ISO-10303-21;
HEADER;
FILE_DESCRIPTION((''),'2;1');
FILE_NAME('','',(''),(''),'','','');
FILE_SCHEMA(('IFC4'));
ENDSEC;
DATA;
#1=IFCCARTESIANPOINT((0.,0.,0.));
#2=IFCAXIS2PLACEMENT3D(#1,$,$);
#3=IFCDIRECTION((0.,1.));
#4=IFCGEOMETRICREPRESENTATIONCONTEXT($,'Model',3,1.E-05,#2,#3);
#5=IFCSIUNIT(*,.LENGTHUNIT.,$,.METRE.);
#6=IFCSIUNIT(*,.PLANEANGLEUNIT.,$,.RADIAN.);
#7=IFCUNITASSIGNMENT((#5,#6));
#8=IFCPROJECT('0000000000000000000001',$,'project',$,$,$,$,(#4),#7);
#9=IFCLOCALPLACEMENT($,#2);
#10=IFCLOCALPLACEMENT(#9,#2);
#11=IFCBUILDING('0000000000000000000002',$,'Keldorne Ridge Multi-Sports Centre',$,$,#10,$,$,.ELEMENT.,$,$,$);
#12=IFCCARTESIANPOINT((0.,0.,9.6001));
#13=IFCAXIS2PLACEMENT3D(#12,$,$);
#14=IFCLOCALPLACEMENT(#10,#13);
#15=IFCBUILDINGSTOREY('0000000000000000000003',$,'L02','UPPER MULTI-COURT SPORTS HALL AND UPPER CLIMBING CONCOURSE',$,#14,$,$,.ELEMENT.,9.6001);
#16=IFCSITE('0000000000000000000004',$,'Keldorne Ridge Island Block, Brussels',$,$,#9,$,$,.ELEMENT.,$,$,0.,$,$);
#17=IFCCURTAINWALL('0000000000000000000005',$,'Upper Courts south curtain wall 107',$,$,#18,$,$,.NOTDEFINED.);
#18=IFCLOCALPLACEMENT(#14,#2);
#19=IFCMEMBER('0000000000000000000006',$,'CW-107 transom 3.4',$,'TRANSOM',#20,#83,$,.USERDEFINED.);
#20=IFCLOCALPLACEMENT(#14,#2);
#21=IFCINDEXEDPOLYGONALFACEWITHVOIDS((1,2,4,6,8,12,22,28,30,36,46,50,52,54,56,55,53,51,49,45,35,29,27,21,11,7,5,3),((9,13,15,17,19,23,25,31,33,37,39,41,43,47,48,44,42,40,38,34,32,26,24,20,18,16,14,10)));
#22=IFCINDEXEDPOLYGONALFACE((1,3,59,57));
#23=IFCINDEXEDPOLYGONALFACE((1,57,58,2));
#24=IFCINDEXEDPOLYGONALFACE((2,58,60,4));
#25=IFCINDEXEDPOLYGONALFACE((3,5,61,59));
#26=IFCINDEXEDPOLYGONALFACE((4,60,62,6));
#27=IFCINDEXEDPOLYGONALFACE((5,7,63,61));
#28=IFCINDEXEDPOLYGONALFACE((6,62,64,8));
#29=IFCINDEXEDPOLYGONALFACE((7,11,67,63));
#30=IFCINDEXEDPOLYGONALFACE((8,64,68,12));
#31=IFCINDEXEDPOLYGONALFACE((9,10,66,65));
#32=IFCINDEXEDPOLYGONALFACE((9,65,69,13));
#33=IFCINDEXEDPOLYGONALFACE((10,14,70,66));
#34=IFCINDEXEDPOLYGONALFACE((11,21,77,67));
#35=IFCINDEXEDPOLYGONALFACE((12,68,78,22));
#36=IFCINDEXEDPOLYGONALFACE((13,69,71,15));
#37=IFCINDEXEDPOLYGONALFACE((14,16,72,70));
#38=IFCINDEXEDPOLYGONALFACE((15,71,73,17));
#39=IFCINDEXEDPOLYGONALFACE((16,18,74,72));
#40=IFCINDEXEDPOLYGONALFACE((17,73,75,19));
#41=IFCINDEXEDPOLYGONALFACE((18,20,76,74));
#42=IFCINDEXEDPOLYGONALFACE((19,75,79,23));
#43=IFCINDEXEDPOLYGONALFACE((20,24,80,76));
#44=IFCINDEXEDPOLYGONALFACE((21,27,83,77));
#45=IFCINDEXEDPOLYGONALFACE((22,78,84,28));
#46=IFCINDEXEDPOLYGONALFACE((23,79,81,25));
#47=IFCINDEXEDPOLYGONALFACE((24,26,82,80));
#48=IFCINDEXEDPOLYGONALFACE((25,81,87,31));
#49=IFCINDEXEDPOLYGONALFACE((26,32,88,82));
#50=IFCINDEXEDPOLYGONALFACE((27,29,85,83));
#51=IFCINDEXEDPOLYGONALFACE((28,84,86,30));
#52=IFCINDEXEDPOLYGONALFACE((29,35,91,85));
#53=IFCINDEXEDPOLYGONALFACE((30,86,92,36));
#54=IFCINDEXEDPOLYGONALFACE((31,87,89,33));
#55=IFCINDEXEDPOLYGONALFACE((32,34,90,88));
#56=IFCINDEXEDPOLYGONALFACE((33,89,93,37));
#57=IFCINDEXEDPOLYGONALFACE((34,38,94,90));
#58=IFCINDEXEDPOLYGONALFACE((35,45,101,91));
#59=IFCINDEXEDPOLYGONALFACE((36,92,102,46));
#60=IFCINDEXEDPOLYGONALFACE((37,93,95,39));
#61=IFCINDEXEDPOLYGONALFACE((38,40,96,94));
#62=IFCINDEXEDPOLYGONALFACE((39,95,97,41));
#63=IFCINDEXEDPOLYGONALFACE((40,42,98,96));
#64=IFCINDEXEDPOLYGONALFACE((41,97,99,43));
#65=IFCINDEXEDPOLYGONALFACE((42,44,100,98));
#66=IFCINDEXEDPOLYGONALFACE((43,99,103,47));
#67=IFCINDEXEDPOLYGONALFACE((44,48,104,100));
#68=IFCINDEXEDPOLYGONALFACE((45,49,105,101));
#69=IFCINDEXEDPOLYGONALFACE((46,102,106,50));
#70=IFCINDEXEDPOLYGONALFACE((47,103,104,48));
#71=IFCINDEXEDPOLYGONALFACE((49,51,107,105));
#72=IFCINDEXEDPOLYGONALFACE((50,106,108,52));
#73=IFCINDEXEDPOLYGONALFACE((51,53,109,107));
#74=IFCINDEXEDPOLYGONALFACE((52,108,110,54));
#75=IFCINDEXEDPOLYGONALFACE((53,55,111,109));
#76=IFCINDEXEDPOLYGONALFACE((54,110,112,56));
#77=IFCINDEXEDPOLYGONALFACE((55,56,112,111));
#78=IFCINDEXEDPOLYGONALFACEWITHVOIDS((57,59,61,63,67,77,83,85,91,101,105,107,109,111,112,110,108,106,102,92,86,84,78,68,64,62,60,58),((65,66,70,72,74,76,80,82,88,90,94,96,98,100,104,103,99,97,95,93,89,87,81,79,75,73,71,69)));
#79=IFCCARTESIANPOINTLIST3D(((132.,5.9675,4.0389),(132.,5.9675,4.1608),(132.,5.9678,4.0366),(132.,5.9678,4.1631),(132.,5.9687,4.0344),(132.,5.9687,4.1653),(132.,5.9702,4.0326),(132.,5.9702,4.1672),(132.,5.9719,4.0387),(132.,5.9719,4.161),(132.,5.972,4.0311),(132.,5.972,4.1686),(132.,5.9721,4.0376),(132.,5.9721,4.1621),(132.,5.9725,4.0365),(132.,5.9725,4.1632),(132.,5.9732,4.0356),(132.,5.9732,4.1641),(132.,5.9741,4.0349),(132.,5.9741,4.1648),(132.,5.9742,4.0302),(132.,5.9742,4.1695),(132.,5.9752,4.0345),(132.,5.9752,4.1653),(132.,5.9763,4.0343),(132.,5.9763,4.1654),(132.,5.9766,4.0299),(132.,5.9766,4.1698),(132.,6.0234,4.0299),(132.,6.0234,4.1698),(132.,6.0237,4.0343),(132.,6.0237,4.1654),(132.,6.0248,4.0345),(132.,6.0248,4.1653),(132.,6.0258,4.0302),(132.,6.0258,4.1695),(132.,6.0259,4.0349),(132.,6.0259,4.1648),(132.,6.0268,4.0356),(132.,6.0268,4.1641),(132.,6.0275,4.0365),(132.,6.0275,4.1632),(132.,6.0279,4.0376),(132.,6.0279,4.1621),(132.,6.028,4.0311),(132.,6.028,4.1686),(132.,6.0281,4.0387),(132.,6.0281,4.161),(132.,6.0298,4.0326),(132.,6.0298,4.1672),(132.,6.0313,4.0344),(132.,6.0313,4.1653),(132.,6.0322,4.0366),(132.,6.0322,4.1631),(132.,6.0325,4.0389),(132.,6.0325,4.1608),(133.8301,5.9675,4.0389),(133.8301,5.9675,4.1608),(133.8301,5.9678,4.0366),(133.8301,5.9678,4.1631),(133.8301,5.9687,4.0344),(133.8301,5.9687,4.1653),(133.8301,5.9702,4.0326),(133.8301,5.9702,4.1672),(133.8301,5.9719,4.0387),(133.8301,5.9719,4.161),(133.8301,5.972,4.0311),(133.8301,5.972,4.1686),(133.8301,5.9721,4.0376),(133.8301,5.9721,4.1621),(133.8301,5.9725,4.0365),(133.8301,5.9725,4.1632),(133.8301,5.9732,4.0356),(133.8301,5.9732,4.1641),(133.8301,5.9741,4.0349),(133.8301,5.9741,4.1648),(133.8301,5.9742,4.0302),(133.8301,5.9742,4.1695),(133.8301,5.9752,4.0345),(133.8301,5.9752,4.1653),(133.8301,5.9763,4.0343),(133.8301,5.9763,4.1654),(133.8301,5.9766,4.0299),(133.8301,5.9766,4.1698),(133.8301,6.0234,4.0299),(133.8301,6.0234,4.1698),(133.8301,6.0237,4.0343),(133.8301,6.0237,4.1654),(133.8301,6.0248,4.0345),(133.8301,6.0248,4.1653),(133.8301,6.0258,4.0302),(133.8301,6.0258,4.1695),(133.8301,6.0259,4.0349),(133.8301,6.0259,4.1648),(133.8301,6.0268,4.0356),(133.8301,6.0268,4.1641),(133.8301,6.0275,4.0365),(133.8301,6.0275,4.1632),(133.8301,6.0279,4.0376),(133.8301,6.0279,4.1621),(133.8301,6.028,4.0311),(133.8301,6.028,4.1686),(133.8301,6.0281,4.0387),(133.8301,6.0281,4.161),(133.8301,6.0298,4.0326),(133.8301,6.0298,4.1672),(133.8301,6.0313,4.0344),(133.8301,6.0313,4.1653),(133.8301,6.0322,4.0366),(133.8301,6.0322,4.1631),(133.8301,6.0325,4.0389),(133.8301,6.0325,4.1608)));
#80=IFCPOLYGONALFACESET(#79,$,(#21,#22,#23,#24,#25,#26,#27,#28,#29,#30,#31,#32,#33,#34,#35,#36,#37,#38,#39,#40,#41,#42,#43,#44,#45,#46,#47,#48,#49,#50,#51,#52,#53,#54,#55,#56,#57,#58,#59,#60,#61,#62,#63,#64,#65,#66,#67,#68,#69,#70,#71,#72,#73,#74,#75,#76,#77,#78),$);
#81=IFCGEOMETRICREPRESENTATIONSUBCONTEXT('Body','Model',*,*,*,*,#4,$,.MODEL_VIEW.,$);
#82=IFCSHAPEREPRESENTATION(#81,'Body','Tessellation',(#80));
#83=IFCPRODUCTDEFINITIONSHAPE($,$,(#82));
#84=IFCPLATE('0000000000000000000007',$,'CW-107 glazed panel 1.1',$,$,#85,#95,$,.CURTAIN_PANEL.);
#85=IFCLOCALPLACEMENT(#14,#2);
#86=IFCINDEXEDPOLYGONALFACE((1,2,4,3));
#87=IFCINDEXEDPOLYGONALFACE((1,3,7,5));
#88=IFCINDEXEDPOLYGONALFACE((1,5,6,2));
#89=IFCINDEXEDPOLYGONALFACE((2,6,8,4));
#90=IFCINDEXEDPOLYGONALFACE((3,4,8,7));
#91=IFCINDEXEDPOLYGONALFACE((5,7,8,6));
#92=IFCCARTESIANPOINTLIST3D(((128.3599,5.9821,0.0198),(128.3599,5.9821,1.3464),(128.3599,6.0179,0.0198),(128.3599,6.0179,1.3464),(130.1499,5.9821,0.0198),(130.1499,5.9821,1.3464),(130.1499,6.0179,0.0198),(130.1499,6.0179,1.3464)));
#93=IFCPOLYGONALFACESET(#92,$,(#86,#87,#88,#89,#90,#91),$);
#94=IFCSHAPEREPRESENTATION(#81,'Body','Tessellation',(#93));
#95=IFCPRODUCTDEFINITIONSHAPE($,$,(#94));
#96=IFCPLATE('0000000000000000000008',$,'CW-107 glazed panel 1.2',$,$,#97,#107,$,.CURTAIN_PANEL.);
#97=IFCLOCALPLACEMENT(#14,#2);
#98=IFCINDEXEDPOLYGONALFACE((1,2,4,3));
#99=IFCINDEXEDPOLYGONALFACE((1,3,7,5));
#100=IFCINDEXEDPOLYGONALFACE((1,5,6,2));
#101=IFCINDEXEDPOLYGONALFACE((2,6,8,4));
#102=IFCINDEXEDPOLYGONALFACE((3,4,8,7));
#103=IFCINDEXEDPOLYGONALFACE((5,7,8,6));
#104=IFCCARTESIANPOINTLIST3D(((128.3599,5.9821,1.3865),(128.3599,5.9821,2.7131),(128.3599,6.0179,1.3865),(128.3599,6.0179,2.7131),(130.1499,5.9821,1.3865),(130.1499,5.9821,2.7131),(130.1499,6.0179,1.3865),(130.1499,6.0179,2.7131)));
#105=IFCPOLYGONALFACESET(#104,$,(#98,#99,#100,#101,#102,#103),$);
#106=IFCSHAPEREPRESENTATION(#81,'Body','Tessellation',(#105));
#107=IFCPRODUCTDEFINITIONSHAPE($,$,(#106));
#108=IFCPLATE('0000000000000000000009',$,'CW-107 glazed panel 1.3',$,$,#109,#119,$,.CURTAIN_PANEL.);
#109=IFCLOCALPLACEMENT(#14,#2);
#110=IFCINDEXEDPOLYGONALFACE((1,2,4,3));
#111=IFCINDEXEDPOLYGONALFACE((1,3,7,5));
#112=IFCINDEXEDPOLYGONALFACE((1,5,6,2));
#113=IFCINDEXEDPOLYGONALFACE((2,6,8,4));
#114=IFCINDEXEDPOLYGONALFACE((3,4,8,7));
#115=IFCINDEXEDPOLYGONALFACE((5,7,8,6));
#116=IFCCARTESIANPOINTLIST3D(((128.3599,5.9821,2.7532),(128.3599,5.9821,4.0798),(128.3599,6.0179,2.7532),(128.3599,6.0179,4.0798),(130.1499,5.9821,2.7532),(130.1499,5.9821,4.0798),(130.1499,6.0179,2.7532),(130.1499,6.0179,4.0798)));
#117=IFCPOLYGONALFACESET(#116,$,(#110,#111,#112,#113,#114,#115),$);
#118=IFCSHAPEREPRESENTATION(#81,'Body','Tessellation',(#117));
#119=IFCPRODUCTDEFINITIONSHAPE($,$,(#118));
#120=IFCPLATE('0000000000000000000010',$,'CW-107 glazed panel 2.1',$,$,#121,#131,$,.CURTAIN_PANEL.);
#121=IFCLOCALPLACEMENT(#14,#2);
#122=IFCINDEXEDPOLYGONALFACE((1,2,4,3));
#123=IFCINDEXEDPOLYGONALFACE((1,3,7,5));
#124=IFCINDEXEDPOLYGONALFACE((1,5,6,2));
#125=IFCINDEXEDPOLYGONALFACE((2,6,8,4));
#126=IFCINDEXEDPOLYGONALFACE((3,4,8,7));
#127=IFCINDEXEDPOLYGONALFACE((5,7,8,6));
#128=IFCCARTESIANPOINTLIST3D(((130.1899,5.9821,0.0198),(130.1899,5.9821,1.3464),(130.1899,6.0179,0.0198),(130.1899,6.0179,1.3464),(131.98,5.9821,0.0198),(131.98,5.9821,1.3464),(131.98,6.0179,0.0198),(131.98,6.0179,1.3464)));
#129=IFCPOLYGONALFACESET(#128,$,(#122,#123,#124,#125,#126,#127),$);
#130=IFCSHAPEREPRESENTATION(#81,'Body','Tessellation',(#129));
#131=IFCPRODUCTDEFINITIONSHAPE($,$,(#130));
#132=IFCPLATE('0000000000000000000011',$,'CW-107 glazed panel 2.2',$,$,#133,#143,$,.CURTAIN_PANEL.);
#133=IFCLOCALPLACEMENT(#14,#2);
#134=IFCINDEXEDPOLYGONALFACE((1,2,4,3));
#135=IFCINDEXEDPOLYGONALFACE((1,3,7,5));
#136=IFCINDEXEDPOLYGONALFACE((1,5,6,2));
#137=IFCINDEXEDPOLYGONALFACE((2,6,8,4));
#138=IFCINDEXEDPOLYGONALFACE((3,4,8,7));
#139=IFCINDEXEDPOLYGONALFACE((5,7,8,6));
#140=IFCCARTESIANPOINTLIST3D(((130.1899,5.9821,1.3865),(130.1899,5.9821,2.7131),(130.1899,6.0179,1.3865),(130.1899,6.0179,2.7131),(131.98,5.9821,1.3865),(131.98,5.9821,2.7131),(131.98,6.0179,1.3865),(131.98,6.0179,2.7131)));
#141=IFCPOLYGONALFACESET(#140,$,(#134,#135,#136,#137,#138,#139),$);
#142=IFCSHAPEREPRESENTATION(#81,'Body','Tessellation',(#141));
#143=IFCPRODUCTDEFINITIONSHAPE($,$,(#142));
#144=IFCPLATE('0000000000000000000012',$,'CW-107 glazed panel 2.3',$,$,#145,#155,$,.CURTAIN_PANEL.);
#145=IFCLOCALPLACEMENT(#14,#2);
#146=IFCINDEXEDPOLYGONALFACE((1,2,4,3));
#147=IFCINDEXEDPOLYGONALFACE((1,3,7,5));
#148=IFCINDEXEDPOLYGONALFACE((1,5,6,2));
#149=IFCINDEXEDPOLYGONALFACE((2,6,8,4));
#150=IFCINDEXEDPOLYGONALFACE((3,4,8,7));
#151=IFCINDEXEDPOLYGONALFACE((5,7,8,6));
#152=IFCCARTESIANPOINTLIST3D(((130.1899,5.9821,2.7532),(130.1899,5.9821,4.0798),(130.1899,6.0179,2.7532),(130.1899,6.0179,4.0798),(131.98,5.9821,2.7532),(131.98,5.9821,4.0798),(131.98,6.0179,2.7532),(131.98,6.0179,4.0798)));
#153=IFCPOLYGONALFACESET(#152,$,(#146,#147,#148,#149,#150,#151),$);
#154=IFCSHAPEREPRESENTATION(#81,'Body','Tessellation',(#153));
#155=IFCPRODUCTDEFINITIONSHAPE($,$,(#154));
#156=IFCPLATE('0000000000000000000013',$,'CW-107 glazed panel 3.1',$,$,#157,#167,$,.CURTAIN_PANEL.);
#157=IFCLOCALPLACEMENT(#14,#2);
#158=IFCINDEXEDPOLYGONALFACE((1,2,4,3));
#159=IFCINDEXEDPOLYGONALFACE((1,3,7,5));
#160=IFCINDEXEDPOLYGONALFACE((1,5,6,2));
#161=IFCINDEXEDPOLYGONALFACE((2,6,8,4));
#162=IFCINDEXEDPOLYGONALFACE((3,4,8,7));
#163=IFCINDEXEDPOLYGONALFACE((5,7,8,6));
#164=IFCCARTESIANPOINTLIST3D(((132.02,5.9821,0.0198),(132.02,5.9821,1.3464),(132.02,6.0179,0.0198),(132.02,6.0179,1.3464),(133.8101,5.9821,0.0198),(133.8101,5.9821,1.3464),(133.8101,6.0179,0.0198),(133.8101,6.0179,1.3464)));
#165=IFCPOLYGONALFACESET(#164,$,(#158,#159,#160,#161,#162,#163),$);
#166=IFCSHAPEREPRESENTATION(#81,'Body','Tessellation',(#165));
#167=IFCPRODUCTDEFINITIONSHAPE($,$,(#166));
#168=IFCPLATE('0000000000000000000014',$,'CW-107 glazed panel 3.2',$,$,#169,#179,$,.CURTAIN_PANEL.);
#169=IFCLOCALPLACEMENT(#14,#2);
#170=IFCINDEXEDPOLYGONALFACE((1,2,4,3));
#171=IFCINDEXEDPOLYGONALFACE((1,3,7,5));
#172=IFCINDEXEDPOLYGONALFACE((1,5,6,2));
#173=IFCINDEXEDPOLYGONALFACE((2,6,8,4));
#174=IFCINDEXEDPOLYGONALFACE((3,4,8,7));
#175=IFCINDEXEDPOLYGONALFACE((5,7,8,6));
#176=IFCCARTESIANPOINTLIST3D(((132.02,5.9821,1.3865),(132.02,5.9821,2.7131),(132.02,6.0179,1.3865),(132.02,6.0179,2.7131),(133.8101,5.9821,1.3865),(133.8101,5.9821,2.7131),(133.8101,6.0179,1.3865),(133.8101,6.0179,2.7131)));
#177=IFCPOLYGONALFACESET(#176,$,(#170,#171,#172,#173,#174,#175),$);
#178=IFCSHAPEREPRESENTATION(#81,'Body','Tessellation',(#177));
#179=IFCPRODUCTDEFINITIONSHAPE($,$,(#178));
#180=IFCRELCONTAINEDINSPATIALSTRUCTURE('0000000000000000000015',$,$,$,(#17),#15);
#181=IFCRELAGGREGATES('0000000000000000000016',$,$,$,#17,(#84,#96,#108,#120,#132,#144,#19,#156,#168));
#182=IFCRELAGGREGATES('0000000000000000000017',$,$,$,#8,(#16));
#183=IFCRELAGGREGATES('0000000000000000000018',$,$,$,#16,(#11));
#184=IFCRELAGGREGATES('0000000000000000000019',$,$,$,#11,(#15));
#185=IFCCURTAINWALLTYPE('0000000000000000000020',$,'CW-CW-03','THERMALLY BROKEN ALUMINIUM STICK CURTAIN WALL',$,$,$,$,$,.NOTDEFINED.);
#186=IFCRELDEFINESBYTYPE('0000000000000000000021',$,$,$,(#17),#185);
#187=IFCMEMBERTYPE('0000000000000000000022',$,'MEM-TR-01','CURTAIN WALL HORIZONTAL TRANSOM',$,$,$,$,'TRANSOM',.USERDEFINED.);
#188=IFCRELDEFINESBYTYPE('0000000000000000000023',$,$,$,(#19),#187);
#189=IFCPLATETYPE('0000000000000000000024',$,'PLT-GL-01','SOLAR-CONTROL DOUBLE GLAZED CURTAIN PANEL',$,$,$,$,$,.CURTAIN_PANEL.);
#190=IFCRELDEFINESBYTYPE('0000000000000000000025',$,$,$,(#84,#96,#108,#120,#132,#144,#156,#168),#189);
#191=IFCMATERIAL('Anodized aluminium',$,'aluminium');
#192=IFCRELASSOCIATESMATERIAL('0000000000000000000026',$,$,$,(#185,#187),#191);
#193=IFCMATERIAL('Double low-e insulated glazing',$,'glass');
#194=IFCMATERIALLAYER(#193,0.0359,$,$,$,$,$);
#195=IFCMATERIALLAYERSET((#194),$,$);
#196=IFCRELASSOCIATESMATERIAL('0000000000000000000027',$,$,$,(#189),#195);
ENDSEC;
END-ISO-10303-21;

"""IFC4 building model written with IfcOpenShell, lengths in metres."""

from ifc_helpers import new_model, si_unit, direction, frame, origin, origin_2d, place, context, subcontext, project, spatial, rectangle, hollow_rectangle, extrude, material, layer, layer_set, material_profile, profile_set, type_object, element, aggregate, save


model = new_model("IFC4")

# Units and contexts
model_context = context("Model", 3, precision=1e-05, world=origin(), true_north=direction((0.0, 1.0)))
body_context = subcontext(model_context, "Body", "Model", "MODEL_VIEW")
ifc_project = project(units=[si_unit("LENGTHUNIT", "METRE"), si_unit("PLANEANGLEUNIT", "RADIAN")], contexts=[model_context])

# Site, building, storey
site_placement = place(None, origin())
site = spatial("IfcSite", under=ifc_project, at=site_placement, Name="Keldorne Ridge Island Block, Brussels", CompositionType="ELEMENT", RefElevation=0.0)
building_placement = place(site_placement, origin())
building = spatial("IfcBuilding", under=site, at=building_placement, Name="Keldorne Ridge Multi-Sports Centre", CompositionType="ELEMENT")
storey_placement = place(building_placement, frame((0.0, 0.0, 9.6001)))
storey = spatial("IfcBuildingStorey", under=building, at=storey_placement, Name="L02", Description="UPPER MULTI-COURT SPORTS HALL AND UPPER CLIMBING CONCOURSE", CompositionType="ELEMENT", Elevation=9.6001)

# Curtain wall, member, plates
ifc_material_1 = material(Name="Anodized aluminium", Category="aluminium")
curtain_wall_type = type_object("IfcCurtainWallType", Name="CW-CW-03", Description="THERMALLY BROKEN ALUMINIUM STICK CURTAIN WALL", PredefinedType="NOTDEFINED", material=ifc_material_1)
curtain_wall_placement = place(storey_placement, origin())
curtain_wall = element("IfcCurtainWall", 1, at=curtain_wall_placement, inside=storey, type_object=curtain_wall_type, Name="Upper Courts south curtain wall 107", PredefinedType="NOTDEFINED")
ifc_material_profile_1 = material_profile(ifc_material_1, hollow_rectangle(XDim=0.0649, YDim=0.1399, WallThickness=0.0044, InnerFilletRadius=0.0044, OuterFilletRadius=0.009, at=origin_2d()), Name="ALU TRANSOM 140x65x4.5")
ifc_profile_set_1 = profile_set([ifc_material_profile_1], Name="Anodized aluminium")
member_type_1 = type_object("IfcMemberType", Name="MEM-TR-01", Description="CURTAIN WALL HORIZONTAL TRANSOM", ElementType="TRANSOM", PredefinedType="USERDEFINED", material=ifc_profile_set_1)
member_1_placement = place(storey_placement, frame((132.0, 6.0, 4.0999), z_axis=(1.0, 0.0, 0.0), x_axis=(0.0, 1.0, 0.0)))
member_1 = element("IfcMember", 2, at=member_1_placement, type_object=member_type_1, Name="CW-107 transom 3.4", ObjectType="TRANSOM", PredefinedType="USERDEFINED", context=body_context, shape_type="SweptSolid", body=[
    extrude(hollow_rectangle(XDim=0.0649, YDim=0.1399, WallThickness=0.0044, InnerFilletRadius=0.0044, OuterFilletRadius=0.009, at=origin_2d()), origin(), (0.0, 0.0, 1.0), 1.8301),
])
ifc_material_2 = material(Name="Double low-e insulated glazing", Category="glass")
ifc_layer = layer(ifc_material_2, 0.0359)
ifc_layer_set = layer_set([ifc_layer])
plate_type = type_object("IfcPlateType", Name="PLT-GL-01", Description="SOLAR-CONTROL DOUBLE GLAZED CURTAIN PANEL", PredefinedType="CURTAIN_PANEL", material=ifc_layer_set)
plate_1_placement = place(storey_placement, frame((129.2549, 6.0, 0.0198), z_axis=(0.0, 0.0, 1.0), x_axis=(1.0, 0.0, 0.0)))
plate_1 = element("IfcPlate", 3, at=plate_1_placement, type_object=plate_type, Name="CW-107 glazed panel 1.1", PredefinedType="CURTAIN_PANEL", context=body_context, shape_type="SweptSolid", body=[
    extrude(rectangle(XDim=1.79, YDim=0.0359, at=origin_2d()), origin(), (0.0, 0.0, 1.0), 1.3267),
])
plate_2_placement = place(storey_placement, frame((129.2549, 6.0, 1.3865), z_axis=(0.0, 0.0, 1.0), x_axis=(1.0, 0.0, 0.0)))
plate_2 = element("IfcPlate", 4, at=plate_2_placement, type_object=plate_type, Name="CW-107 glazed panel 1.2", PredefinedType="CURTAIN_PANEL", context=body_context, shape_type="SweptSolid", body=[
    extrude(rectangle(XDim=1.79, YDim=0.0359, at=origin_2d()), origin(), (0.0, 0.0, 1.0), 1.3267),
])
plate_3_placement = place(storey_placement, frame((129.2549, 6.0, 2.7532), z_axis=(0.0, 0.0, 1.0), x_axis=(1.0, 0.0, 0.0)))
plate_3 = element("IfcPlate", 5, at=plate_3_placement, type_object=plate_type, Name="CW-107 glazed panel 1.3", PredefinedType="CURTAIN_PANEL", context=body_context, shape_type="SweptSolid", body=[
    extrude(rectangle(XDim=1.79, YDim=0.0359, at=origin_2d()), origin(), (0.0, 0.0, 1.0), 1.3267),
])
plate_4_placement = place(storey_placement, frame((131.085, 6.0, 0.0198), z_axis=(0.0, 0.0, 1.0), x_axis=(1.0, 0.0, 0.0)))
plate_4 = element("IfcPlate", 6, at=plate_4_placement, type_object=plate_type, Name="CW-107 glazed panel 2.1", PredefinedType="CURTAIN_PANEL", context=body_context, shape_type="SweptSolid", body=[
    extrude(rectangle(XDim=1.79, YDim=0.0359, at=origin_2d()), origin(), (0.0, 0.0, 1.0), 1.3267),
])
plate_5_placement = place(storey_placement, frame((131.085, 6.0, 1.3865), z_axis=(0.0, 0.0, 1.0), x_axis=(1.0, 0.0, 0.0)))
plate_5 = element("IfcPlate", 7, at=plate_5_placement, type_object=plate_type, Name="CW-107 glazed panel 2.2", PredefinedType="CURTAIN_PANEL", context=body_context, shape_type="SweptSolid", body=[
    extrude(rectangle(XDim=1.79, YDim=0.0359, at=origin_2d()), origin(), (0.0, 0.0, 1.0), 1.3267),
])
plate_6_placement = place(storey_placement, frame((131.085, 6.0, 2.7532), z_axis=(0.0, 0.0, 1.0), x_axis=(1.0, 0.0, 0.0)))
plate_6 = element("IfcPlate", 8, at=plate_6_placement, type_object=plate_type, Name="CW-107 glazed panel 2.3", PredefinedType="CURTAIN_PANEL", context=body_context, shape_type="SweptSolid", body=[
    extrude(rectangle(XDim=1.79, YDim=0.0359, at=origin_2d()), origin(), (0.0, 0.0, 1.0), 1.3267),
])
plate_7_placement = place(storey_placement, frame((132.915, 6.0, 0.0198), z_axis=(0.0, 0.0, 1.0), x_axis=(1.0, 0.0, 0.0)))
plate_7 = element("IfcPlate", 9, at=plate_7_placement, type_object=plate_type, Name="CW-107 glazed panel 3.1", PredefinedType="CURTAIN_PANEL", context=body_context, shape_type="SweptSolid", body=[
    extrude(rectangle(XDim=1.79, YDim=0.0359, at=origin_2d()), origin(), (0.0, 0.0, 1.0), 1.3267),
])
plate_8_placement = place(storey_placement, frame((132.915, 6.0, 1.3865), z_axis=(0.0, 0.0, 1.0), x_axis=(1.0, 0.0, 0.0)))
plate_8 = element("IfcPlate", 10, at=plate_8_placement, type_object=plate_type, Name="CW-107 glazed panel 3.2", PredefinedType="CURTAIN_PANEL", context=body_context, shape_type="SweptSolid", body=[
    extrude(rectangle(XDim=1.79, YDim=0.0359, at=origin_2d()), origin(), (0.0, 0.0, 1.0), 1.3267),
])
aggregate(curtain_wall, [plate_1, plate_2, plate_3, plate_4, plate_5, plate_6, member_1, plate_7, plate_8])

save(model, "model.ifc")
